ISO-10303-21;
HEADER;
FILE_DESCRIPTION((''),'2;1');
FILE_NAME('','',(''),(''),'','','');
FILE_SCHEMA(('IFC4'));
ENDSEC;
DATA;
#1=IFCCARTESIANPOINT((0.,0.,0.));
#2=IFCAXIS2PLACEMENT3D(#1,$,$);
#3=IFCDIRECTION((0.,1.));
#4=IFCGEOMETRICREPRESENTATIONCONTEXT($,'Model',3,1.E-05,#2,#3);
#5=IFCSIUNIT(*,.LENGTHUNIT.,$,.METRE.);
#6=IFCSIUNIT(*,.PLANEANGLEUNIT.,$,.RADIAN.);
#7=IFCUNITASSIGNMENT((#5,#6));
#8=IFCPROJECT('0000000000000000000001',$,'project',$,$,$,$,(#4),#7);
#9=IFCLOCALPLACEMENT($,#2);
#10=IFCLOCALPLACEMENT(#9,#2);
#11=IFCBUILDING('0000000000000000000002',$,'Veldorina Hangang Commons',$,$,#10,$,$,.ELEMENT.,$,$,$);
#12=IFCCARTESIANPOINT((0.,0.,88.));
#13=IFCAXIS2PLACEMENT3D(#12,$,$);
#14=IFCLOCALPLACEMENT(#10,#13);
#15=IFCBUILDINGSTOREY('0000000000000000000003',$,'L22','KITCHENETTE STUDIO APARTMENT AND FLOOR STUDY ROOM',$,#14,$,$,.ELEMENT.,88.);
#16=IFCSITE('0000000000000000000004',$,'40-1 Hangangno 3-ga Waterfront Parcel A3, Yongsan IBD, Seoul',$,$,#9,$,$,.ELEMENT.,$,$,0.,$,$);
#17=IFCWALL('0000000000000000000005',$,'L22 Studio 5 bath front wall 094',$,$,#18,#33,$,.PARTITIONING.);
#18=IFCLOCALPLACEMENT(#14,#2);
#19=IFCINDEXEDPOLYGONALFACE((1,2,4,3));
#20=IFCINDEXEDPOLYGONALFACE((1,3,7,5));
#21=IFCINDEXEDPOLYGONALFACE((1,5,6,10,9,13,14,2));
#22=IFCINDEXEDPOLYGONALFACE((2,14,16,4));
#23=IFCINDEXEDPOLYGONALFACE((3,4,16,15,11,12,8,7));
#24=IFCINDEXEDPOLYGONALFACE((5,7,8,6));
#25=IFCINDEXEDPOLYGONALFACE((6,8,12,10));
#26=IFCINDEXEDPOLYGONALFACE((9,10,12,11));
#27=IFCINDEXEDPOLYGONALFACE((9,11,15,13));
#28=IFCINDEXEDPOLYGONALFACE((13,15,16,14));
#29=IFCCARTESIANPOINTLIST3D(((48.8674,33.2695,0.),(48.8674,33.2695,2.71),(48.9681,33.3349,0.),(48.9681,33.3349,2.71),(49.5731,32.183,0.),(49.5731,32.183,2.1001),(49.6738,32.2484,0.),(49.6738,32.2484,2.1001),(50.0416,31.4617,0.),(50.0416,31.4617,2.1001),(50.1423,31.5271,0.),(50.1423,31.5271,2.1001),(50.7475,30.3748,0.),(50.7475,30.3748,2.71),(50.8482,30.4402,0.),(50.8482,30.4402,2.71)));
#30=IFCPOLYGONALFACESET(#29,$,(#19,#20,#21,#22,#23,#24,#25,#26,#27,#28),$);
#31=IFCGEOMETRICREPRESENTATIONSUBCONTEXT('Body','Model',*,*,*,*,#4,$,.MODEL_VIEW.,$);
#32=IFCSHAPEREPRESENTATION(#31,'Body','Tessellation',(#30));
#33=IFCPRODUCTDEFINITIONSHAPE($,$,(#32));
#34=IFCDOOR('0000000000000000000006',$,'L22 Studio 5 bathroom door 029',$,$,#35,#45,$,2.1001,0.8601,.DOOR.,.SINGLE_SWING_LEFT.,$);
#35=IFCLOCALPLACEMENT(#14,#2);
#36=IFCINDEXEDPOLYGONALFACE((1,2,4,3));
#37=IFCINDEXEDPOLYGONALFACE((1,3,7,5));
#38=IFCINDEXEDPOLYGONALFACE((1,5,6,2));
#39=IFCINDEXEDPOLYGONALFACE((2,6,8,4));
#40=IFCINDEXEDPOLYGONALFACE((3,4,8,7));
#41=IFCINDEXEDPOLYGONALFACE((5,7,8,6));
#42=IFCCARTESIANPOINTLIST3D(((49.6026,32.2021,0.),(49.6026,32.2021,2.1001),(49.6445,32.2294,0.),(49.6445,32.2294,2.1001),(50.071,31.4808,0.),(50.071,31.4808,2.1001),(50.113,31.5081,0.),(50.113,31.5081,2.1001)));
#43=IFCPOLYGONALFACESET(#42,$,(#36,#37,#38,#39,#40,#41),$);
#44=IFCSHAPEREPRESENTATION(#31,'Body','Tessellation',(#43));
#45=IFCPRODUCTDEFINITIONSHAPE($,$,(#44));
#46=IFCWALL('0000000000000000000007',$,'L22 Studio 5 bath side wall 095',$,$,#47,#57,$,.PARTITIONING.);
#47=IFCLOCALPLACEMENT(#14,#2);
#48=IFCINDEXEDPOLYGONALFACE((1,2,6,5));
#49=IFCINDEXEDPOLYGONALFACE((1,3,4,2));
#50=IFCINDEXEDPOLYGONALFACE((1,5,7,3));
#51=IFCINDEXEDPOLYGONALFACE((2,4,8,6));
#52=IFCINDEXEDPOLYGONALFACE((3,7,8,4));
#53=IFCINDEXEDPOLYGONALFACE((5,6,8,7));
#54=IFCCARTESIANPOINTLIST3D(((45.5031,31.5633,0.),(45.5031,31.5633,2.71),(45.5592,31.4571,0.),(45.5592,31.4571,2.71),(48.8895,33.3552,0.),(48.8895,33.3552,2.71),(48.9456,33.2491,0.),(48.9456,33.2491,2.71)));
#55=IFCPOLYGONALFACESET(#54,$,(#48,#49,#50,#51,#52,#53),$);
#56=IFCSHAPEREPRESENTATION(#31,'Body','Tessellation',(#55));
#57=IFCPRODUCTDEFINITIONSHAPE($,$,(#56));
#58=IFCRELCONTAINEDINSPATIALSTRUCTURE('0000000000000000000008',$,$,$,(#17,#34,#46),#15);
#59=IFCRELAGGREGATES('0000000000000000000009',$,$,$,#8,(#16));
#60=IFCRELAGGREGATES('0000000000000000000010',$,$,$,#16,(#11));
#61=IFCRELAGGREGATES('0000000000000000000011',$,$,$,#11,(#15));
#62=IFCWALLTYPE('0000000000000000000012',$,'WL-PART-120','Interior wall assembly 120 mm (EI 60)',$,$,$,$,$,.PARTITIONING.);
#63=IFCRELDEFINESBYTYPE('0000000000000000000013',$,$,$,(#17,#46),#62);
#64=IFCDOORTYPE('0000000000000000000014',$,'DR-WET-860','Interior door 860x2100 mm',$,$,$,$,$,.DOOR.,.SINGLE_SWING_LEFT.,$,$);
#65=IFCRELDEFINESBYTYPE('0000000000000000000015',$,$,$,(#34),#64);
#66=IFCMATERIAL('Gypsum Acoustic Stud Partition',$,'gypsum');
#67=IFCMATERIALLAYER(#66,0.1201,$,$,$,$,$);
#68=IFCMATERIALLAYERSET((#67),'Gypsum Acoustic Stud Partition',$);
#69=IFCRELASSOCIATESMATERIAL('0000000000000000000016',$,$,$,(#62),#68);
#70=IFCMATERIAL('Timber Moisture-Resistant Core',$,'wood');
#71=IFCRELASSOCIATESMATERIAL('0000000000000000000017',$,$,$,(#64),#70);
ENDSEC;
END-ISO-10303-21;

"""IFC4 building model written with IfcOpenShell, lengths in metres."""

from ifc_helpers import new_model, si_unit, direction, frame, frame_2d, origin, place, context, subcontext, project, spatial, rectangle, extrude, material, layer, layer_set, type_object, element, fill, save


model = new_model("IFC4")

# Units and contexts
model_context = context("Model", 3, precision=1e-05, world=origin(), true_north=direction((0.0, 1.0)))
body_context = subcontext(model_context, "Body", "Model", "MODEL_VIEW")
ifc_project = project(units=[si_unit("LENGTHUNIT", "METRE"), si_unit("PLANEANGLEUNIT", "RADIAN")], contexts=[model_context])

# Site, building, storey
site_placement = place(None, origin())
site = spatial("IfcSite", under=ifc_project, at=site_placement, Name="40-1 Hangangno 3-ga Waterfront Parcel A3, Yongsan IBD, Seoul", CompositionType="ELEMENT", RefElevation=0.0)
building_placement = place(site_placement, origin())
building = spatial("IfcBuilding", under=site, at=building_placement, Name="Veldorina Hangang Commons", CompositionType="ELEMENT")
storey_placement = place(building_placement, frame((0.0, 0.0, 88.0)))
storey = spatial("IfcBuildingStorey", under=building, at=storey_placement, Name="L22", Description="KITCHENETTE STUDIO APARTMENT AND FLOOR STUDY ROOM", CompositionType="ELEMENT", Elevation=88.0)

# Shared definitions
ifc_material_1 = material(Name="Gypsum Acoustic Stud Partition", Category="gypsum")
ifc_layer_1 = layer(ifc_material_1, 0.1201)
ifc_layer_set_1 = layer_set([ifc_layer_1], Name="Gypsum Acoustic Stud Partition")
wall_type_1 = type_object("IfcWallType", Name="WL-PART-120", Description="Interior wall assembly 120 mm (EI 60)", PredefinedType="PARTITIONING", material=ifc_layer_set_1)
ifc_material_2 = material(Name="Timber Moisture-Resistant Core", Category="wood")
door_type_1 = type_object("IfcDoorType", Name="DR-WET-860", Description="Interior door 860x2100 mm", OperationType="SINGLE_SWING_LEFT", PredefinedType="DOOR", material=ifc_material_2)

# Wall, opening, door
wall_1_placement = place(storey_placement, frame((50.7979, 30.4075, 0.0), z_axis=(0.0, 0.0, 1.0), x_axis=(-0.544687, 0.838639, 0.0)))
wall_1 = element("IfcWall", 1, at=wall_1_placement, inside=storey, type_object=wall_type_1, Name="L22 Studio 5 bath front wall 094", PredefinedType="PARTITIONING", context=body_context, shape_type="SweptSolid", body=[
    extrude(rectangle(XDim=3.4517, YDim=0.1201, at=frame_2d((1.7258, 0.0))), origin(), (0.0, 0.0, 1.0), 2.71),
])
opening_1_placement = place(wall_1_placement, frame((1.2959, 0.0, 0.0)))
opening_1 = element("IfcOpeningElement", 2, at=opening_1_placement, cuts=wall_1, PredefinedType="OPENING", context=body_context, shape_type="SweptSolid", body=[
    extrude(rectangle(XDim=0.8601, YDim=2.1001, at=frame_2d((0.4302, 1.05))), frame((0.0, 0.0701, 0.0), z_axis=(0.0, -1.0, 0.0), x_axis=(1.0, 0.0, 0.0)), (0.0, 0.0, 1.0), 0.1401),
])
door_1_placement = place(opening_1_placement, origin())
door_1 = element("IfcDoor", 3, at=door_1_placement, inside=storey, type_object=door_type_1, Name="L22 Studio 5 bathroom door 029", OperationType="SINGLE_SWING_LEFT", OverallHeight=2.1001, OverallWidth=0.8601, PredefinedType="DOOR", context=body_context, shape_type="SweptSolid", body=[
    extrude(rectangle(XDim=0.8601, YDim=2.1001, at=frame_2d((0.4302, 1.05))), frame((0.0, 0.0249, 0.0), z_axis=(0.0, -1.0, 0.0), x_axis=(1.0, 0.0, 0.0)), (0.0, 0.0, 1.0), 0.05),
])
fill(opening_1, door_1)

# Wall
wall_2_placement = place(storey_placement, frame((45.5312, 31.5103, 0.0), z_axis=(0.0, 0.0, 1.0), x_axis=(0.883879, 0.467715, 0.0)))
element("IfcWall", 4, at=wall_2_placement, inside=storey, type_object=wall_type_1, Name="L22 Studio 5 bath side wall 095", PredefinedType="PARTITIONING", context=body_context, shape_type="SweptSolid", body=[
    extrude(rectangle(XDim=3.8313, YDim=0.1201, at=frame_2d((1.9155, 0.0))), origin(), (0.0, 0.0, 1.0), 2.71),
])

save(model, "model.ifc")
